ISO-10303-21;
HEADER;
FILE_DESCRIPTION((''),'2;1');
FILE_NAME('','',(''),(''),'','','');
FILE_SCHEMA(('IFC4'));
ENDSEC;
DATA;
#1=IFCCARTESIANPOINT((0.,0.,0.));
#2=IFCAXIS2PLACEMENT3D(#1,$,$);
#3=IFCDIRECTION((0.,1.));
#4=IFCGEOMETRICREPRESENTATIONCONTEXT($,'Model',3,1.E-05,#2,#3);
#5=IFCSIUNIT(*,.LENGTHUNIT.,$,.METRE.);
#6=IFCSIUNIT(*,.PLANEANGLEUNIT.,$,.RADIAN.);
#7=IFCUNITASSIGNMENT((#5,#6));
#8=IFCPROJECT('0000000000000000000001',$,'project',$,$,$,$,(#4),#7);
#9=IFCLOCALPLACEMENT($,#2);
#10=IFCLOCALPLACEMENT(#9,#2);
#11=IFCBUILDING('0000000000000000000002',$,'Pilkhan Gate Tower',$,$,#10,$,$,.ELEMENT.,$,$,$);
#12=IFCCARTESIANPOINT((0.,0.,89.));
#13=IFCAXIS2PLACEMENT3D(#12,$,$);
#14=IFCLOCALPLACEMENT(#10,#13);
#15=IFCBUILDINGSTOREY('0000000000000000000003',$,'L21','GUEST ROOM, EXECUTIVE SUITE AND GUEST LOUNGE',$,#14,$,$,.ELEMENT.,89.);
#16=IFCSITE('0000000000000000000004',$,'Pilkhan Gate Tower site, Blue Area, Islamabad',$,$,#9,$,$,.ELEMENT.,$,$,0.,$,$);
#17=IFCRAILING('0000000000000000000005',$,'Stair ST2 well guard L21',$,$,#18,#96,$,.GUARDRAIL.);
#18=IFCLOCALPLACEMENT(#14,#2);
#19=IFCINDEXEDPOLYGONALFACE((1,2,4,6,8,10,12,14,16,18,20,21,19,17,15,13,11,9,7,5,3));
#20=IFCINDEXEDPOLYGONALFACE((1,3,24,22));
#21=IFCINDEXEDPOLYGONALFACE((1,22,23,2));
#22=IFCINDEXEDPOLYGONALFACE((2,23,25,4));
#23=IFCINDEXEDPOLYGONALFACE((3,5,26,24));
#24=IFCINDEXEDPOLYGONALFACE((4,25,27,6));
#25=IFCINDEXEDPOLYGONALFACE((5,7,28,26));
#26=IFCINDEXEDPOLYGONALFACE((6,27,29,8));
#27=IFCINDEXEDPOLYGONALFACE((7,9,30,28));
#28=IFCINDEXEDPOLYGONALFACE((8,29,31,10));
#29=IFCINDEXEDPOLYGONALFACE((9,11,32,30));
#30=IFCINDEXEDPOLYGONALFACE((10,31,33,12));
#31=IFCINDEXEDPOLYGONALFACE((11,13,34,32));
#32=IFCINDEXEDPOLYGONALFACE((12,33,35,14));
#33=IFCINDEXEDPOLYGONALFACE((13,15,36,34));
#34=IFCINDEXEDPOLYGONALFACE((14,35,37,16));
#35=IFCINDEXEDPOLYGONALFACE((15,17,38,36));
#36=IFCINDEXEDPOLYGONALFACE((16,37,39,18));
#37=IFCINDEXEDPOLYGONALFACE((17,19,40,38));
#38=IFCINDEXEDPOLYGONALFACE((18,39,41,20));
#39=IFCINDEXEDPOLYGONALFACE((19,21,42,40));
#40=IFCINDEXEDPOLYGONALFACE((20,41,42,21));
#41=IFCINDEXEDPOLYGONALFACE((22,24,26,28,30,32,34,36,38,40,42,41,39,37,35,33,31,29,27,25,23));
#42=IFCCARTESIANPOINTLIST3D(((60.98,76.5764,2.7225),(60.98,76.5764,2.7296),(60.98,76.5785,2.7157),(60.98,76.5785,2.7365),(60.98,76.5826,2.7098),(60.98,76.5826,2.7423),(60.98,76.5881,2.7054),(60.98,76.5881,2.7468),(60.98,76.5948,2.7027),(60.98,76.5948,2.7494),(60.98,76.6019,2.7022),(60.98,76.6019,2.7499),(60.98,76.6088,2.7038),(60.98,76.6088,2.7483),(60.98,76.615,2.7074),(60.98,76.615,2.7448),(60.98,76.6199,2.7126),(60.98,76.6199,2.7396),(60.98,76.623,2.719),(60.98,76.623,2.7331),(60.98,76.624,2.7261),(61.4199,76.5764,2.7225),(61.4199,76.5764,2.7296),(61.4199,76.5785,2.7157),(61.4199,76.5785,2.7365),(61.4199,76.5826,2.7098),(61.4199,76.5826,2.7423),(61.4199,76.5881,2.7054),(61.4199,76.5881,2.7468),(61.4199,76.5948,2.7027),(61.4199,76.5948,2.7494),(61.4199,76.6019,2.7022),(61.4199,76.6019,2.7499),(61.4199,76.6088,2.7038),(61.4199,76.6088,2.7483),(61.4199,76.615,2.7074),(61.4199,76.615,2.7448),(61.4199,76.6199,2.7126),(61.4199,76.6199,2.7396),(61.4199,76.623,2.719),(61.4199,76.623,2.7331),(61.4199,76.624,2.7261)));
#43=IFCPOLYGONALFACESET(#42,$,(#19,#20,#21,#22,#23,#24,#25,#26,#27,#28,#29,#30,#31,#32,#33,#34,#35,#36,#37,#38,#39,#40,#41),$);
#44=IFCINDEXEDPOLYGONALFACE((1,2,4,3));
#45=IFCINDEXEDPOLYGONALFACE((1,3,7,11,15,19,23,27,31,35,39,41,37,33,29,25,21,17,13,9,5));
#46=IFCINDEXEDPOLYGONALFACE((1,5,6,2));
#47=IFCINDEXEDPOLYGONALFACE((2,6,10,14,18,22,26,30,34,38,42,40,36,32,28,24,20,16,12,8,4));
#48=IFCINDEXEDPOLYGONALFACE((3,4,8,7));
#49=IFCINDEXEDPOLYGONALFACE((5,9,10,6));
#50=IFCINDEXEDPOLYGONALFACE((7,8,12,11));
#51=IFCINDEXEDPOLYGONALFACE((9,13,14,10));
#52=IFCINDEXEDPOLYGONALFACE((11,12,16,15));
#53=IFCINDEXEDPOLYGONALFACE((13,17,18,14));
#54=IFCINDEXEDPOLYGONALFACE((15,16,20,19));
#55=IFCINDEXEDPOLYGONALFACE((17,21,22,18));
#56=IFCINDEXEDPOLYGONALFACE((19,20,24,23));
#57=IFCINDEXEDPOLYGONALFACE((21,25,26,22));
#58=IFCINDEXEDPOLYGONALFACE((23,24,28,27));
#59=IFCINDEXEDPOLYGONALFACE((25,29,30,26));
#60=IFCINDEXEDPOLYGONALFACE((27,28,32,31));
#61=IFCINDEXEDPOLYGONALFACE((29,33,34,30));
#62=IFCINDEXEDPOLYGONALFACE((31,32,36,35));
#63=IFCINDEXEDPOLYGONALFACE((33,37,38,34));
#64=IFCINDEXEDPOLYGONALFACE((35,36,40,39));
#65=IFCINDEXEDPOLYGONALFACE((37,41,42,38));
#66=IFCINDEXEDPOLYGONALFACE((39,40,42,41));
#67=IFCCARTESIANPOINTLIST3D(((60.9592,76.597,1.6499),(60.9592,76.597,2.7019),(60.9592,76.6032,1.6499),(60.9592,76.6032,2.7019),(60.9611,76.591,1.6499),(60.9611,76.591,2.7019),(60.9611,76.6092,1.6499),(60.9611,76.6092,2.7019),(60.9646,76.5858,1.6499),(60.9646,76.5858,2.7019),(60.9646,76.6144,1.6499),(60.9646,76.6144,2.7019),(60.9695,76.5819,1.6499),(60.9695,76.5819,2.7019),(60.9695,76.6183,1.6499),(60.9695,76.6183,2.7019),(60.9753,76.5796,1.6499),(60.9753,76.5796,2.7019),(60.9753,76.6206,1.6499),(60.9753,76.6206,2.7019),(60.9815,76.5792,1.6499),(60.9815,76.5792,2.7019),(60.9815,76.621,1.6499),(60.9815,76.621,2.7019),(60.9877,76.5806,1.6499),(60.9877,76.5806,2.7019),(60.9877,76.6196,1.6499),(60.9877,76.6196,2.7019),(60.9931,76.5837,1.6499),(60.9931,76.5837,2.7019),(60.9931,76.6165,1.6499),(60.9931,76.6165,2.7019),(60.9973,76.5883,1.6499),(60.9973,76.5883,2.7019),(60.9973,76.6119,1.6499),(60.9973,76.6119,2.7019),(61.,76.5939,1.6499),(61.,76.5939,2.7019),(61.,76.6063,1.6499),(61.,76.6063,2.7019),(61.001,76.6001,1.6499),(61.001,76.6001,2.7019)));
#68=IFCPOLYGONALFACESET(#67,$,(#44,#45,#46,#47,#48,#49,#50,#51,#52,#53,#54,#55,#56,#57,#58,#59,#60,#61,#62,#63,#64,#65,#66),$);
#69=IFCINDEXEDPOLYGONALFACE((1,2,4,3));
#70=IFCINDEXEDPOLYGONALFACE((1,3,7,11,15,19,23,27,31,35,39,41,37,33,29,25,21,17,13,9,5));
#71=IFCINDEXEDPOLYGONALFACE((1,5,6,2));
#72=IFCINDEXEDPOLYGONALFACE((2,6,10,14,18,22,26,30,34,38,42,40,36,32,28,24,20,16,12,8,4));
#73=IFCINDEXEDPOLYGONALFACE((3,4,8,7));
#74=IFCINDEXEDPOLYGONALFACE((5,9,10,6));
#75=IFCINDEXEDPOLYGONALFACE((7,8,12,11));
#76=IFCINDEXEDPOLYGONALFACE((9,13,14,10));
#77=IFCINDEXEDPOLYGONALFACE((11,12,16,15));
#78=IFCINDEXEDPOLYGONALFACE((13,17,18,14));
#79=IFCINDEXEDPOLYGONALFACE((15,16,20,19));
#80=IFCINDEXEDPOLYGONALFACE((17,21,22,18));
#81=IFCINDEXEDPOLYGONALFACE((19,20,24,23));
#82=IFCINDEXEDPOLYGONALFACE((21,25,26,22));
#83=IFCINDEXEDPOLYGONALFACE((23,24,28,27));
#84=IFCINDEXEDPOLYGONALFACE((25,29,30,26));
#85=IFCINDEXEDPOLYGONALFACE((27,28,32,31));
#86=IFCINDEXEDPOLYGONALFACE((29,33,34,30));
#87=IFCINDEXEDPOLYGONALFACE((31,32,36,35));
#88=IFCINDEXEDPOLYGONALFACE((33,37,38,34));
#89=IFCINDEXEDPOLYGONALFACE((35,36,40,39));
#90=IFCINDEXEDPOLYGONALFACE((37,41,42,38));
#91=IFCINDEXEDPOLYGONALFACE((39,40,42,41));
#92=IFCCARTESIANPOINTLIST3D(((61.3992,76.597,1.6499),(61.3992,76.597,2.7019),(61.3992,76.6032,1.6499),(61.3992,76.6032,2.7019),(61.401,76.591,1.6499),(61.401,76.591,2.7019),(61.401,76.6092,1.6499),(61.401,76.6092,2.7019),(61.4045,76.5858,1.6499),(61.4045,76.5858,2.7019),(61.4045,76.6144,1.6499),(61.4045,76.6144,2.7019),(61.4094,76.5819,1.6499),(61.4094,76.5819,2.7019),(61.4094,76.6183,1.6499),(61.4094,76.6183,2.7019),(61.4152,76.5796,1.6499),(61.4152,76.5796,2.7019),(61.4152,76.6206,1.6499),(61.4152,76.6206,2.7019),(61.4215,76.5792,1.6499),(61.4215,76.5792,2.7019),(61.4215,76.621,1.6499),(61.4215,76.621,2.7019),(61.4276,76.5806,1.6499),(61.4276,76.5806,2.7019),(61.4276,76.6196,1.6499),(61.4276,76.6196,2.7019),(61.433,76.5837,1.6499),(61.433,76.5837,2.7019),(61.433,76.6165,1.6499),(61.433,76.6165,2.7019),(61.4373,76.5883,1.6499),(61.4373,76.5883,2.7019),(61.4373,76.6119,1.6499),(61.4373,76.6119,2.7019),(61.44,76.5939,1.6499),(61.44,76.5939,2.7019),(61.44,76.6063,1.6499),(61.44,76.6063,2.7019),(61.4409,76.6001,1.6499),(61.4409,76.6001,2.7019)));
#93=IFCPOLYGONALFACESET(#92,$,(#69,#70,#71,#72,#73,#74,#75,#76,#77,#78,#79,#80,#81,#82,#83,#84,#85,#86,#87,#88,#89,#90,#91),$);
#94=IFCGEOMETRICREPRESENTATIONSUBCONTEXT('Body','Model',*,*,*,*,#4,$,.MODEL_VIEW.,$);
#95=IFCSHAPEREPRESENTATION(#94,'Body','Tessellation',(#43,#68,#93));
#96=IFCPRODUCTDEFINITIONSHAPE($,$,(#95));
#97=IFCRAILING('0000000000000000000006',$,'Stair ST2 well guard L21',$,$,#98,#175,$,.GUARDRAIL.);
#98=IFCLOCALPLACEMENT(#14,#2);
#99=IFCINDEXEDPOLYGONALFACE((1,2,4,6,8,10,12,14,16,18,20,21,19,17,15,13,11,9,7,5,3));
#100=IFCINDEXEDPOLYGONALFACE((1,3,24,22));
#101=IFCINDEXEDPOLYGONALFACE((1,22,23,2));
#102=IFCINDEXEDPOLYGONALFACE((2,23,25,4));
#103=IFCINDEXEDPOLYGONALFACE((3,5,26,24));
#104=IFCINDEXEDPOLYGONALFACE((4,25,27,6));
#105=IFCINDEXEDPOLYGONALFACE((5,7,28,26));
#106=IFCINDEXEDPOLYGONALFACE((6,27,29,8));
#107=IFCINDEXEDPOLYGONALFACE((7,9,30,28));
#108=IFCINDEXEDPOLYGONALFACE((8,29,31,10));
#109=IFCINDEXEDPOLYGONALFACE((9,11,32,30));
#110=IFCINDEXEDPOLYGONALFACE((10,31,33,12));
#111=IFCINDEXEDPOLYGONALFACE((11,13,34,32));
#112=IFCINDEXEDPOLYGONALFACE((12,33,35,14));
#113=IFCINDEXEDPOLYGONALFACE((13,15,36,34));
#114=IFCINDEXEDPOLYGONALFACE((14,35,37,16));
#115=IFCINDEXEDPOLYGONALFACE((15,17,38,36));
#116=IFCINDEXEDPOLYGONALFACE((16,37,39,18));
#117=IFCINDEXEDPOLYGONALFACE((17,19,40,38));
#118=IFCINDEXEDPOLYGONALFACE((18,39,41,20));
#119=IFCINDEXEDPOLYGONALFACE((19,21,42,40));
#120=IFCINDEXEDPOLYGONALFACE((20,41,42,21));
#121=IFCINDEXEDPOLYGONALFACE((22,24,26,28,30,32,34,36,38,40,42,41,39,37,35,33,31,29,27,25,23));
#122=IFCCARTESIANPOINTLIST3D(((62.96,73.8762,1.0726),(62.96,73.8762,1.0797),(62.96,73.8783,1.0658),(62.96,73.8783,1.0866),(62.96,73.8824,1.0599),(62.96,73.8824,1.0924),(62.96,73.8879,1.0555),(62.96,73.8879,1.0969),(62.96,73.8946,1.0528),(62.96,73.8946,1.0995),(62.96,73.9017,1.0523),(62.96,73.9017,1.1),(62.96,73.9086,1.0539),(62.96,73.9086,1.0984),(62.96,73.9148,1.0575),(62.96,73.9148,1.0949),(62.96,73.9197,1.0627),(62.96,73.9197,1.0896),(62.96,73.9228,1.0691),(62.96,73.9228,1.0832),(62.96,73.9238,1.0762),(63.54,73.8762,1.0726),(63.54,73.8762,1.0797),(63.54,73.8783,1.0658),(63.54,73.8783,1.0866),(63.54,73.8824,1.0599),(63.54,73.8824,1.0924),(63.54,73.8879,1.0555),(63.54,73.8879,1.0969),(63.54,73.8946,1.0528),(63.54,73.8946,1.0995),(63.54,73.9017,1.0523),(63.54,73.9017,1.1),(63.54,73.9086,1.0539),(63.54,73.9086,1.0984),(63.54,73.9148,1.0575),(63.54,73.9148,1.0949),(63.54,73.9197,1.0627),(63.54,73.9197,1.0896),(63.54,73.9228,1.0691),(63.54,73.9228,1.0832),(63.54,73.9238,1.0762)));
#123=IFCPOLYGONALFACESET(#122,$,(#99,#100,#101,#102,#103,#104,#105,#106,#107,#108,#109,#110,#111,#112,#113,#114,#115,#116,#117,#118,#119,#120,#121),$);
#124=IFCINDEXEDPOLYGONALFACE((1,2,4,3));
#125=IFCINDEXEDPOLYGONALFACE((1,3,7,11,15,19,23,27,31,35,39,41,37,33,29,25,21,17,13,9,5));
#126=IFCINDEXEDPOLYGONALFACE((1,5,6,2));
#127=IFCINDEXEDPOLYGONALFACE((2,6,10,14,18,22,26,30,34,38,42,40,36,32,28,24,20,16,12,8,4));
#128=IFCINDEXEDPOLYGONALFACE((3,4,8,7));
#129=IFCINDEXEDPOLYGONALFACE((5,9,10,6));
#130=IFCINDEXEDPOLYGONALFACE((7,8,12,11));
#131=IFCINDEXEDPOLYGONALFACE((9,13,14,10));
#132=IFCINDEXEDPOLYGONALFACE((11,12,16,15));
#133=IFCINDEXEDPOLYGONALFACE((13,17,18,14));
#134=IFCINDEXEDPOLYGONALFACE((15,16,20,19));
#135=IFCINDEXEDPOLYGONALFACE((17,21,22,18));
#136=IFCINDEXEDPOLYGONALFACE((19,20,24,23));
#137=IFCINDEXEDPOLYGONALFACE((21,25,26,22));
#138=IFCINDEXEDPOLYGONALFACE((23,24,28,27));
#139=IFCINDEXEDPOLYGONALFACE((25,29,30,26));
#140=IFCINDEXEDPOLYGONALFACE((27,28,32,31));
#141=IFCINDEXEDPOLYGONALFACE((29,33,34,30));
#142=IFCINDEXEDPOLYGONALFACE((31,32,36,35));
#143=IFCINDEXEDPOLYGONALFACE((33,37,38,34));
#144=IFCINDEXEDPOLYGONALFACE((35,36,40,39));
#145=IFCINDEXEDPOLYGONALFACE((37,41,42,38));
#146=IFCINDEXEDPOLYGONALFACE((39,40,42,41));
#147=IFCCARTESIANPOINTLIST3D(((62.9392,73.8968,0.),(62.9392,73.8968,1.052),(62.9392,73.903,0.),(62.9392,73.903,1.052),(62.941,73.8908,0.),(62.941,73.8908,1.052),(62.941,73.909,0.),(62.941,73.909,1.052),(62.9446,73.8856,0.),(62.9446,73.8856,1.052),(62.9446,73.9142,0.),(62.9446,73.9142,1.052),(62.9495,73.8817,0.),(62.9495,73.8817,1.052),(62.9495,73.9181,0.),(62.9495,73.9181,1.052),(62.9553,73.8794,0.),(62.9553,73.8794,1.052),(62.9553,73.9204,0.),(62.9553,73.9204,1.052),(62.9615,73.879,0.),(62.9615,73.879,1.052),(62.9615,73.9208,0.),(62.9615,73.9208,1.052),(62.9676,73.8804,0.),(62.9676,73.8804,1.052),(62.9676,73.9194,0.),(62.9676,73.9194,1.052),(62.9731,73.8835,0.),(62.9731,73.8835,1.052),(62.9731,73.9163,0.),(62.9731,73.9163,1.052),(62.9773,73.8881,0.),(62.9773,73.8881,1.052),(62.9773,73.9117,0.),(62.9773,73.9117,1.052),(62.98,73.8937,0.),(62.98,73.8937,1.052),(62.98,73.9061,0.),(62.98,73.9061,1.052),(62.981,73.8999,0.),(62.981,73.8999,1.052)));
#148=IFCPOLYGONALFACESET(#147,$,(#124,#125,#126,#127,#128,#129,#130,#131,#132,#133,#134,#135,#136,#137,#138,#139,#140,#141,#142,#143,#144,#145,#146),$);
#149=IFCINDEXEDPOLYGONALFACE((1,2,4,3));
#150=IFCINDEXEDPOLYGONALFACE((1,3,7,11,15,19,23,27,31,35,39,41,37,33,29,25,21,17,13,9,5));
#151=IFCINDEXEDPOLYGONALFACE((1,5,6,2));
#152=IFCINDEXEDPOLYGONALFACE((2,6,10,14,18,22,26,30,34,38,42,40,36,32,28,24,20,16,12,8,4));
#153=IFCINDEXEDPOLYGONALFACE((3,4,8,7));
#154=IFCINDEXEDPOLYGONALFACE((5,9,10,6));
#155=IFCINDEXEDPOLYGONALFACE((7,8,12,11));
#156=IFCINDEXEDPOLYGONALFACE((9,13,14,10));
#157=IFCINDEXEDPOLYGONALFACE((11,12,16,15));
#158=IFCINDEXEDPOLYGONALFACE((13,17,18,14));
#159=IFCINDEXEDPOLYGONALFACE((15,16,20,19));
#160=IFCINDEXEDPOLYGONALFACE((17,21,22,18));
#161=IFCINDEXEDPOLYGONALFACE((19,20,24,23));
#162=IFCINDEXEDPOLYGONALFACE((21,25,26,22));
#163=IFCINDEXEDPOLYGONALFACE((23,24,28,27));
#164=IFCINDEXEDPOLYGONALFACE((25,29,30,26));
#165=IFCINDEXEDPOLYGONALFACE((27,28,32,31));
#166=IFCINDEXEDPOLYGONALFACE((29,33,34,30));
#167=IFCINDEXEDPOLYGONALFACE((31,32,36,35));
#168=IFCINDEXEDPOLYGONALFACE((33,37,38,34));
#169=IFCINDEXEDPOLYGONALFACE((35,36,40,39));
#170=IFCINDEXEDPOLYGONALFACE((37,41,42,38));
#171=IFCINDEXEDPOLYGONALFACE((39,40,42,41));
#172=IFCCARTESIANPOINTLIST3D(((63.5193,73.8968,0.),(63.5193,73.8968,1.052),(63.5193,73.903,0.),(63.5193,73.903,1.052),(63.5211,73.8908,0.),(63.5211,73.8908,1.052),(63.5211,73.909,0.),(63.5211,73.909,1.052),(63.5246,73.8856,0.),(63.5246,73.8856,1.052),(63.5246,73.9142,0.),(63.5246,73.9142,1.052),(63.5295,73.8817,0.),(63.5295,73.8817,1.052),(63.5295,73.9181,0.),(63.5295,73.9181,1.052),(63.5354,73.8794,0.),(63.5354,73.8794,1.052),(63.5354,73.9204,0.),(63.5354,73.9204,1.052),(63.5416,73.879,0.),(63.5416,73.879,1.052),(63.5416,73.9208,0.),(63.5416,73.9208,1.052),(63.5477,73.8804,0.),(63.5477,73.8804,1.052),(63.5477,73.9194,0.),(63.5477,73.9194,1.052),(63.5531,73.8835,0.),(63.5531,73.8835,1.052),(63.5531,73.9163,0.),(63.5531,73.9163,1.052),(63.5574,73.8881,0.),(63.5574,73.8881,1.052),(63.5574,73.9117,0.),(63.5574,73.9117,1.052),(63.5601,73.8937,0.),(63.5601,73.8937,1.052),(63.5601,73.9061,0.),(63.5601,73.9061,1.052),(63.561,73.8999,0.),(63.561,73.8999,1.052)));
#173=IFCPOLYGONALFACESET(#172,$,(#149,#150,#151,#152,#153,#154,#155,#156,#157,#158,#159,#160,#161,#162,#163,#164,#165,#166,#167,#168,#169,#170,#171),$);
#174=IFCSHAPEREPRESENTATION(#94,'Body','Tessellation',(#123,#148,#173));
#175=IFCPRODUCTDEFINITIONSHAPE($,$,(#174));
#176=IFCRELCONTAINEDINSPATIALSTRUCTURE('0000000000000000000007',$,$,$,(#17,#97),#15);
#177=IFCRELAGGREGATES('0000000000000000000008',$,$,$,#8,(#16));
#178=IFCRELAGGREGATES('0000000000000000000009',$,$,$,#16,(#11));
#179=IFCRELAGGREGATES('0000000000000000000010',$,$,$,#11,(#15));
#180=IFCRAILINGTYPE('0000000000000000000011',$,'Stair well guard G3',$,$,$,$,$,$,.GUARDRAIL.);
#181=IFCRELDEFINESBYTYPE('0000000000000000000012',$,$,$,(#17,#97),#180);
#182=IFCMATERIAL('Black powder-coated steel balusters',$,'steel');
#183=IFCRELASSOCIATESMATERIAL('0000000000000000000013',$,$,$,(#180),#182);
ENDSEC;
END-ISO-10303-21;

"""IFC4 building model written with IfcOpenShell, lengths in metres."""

from ifc_helpers import new_model, si_unit, direction, frame, origin, origin_2d, place, context, subcontext, project, spatial, circle, extrude, material, type_object, element, save


model = new_model("IFC4")

# Units and contexts
model_context = context("Model", 3, precision=1e-05, world=origin(), true_north=direction((0.0, 1.0)))
body_context = subcontext(model_context, "Body", "Model", "MODEL_VIEW")
ifc_project = project(units=[si_unit("LENGTHUNIT", "METRE"), si_unit("PLANEANGLEUNIT", "RADIAN")], contexts=[model_context])

# Site, building, storey
site_placement = place(None, origin())
site = spatial("IfcSite", under=ifc_project, at=site_placement, Name="Pilkhan Gate Tower site, Blue Area, Islamabad", CompositionType="ELEMENT", RefElevation=0.0)
building_placement = place(site_placement, origin())
building = spatial("IfcBuilding", under=site, at=building_placement, Name="Pilkhan Gate Tower", CompositionType="ELEMENT")
storey_placement = place(building_placement, frame((0.0, 0.0, 89.0)))
storey = spatial("IfcBuildingStorey", under=building, at=storey_placement, Name="L21", Description="GUEST ROOM, EXECUTIVE SUITE AND GUEST LOUNGE", CompositionType="ELEMENT", Elevation=89.0)

# Railings
ifc_material_1 = material(Name="Black powder-coated steel balusters", Category="steel")
railing_type_1 = type_object("IfcRailingType", Name="Stair well guard G3", PredefinedType="GUARDRAIL", material=ifc_material_1)
railing_1_placement = place(storey_placement, frame((60.98, 76.6001, 1.6499)))
element("IfcRailing", 1, at=railing_1_placement, inside=storey, type_object=railing_type_1, Name="Stair ST2 well guard L21", PredefinedType="GUARDRAIL", context=body_context, shape_type="SweptSolid", body=[
    extrude(circle(Radius=0.0239, at=origin_2d()), frame((0.0, 0.0, 1.0762), z_axis=(1.0, 0.0, 0.0), x_axis=(0.0, 1.0, 0.0)), (0.0, 0.0, 1.0), 0.4399),
    extrude(circle(Radius=0.021, at=origin_2d()), origin(), (0.0, 0.0, 1.0), 1.052),
    extrude(circle(Radius=0.021, at=origin_2d()), frame((0.4399, 0.0, 0.0)), (0.0, 0.0, 1.0), 1.052),
])
for number, where, name in (
    (2, (62.96, 73.8999, 0.0), "Stair ST2 well guard L21"),
):
    element("IfcRailing", number, at=place(storey_placement, frame(where)), inside=storey, type_object=railing_type_1, Name=name, PredefinedType="GUARDRAIL", context=body_context, shape_type="SweptSolid", body=[
        extrude(circle(Radius=0.0239, at=origin_2d()), frame((0.0, 0.0, 1.0762), z_axis=(1.0, 0.0, 0.0), x_axis=(0.0, 1.0, 0.0)), (0.0, 0.0, 1.0), 0.5801),
        extrude(circle(Radius=0.021, at=origin_2d()), origin(), (0.0, 0.0, 1.0), 1.052),
        extrude(circle(Radius=0.021, at=origin_2d()), frame((0.5801, 0.0, 0.0)), (0.0, 0.0, 1.0), 1.052),
    ])

save(model, "model.ifc")
